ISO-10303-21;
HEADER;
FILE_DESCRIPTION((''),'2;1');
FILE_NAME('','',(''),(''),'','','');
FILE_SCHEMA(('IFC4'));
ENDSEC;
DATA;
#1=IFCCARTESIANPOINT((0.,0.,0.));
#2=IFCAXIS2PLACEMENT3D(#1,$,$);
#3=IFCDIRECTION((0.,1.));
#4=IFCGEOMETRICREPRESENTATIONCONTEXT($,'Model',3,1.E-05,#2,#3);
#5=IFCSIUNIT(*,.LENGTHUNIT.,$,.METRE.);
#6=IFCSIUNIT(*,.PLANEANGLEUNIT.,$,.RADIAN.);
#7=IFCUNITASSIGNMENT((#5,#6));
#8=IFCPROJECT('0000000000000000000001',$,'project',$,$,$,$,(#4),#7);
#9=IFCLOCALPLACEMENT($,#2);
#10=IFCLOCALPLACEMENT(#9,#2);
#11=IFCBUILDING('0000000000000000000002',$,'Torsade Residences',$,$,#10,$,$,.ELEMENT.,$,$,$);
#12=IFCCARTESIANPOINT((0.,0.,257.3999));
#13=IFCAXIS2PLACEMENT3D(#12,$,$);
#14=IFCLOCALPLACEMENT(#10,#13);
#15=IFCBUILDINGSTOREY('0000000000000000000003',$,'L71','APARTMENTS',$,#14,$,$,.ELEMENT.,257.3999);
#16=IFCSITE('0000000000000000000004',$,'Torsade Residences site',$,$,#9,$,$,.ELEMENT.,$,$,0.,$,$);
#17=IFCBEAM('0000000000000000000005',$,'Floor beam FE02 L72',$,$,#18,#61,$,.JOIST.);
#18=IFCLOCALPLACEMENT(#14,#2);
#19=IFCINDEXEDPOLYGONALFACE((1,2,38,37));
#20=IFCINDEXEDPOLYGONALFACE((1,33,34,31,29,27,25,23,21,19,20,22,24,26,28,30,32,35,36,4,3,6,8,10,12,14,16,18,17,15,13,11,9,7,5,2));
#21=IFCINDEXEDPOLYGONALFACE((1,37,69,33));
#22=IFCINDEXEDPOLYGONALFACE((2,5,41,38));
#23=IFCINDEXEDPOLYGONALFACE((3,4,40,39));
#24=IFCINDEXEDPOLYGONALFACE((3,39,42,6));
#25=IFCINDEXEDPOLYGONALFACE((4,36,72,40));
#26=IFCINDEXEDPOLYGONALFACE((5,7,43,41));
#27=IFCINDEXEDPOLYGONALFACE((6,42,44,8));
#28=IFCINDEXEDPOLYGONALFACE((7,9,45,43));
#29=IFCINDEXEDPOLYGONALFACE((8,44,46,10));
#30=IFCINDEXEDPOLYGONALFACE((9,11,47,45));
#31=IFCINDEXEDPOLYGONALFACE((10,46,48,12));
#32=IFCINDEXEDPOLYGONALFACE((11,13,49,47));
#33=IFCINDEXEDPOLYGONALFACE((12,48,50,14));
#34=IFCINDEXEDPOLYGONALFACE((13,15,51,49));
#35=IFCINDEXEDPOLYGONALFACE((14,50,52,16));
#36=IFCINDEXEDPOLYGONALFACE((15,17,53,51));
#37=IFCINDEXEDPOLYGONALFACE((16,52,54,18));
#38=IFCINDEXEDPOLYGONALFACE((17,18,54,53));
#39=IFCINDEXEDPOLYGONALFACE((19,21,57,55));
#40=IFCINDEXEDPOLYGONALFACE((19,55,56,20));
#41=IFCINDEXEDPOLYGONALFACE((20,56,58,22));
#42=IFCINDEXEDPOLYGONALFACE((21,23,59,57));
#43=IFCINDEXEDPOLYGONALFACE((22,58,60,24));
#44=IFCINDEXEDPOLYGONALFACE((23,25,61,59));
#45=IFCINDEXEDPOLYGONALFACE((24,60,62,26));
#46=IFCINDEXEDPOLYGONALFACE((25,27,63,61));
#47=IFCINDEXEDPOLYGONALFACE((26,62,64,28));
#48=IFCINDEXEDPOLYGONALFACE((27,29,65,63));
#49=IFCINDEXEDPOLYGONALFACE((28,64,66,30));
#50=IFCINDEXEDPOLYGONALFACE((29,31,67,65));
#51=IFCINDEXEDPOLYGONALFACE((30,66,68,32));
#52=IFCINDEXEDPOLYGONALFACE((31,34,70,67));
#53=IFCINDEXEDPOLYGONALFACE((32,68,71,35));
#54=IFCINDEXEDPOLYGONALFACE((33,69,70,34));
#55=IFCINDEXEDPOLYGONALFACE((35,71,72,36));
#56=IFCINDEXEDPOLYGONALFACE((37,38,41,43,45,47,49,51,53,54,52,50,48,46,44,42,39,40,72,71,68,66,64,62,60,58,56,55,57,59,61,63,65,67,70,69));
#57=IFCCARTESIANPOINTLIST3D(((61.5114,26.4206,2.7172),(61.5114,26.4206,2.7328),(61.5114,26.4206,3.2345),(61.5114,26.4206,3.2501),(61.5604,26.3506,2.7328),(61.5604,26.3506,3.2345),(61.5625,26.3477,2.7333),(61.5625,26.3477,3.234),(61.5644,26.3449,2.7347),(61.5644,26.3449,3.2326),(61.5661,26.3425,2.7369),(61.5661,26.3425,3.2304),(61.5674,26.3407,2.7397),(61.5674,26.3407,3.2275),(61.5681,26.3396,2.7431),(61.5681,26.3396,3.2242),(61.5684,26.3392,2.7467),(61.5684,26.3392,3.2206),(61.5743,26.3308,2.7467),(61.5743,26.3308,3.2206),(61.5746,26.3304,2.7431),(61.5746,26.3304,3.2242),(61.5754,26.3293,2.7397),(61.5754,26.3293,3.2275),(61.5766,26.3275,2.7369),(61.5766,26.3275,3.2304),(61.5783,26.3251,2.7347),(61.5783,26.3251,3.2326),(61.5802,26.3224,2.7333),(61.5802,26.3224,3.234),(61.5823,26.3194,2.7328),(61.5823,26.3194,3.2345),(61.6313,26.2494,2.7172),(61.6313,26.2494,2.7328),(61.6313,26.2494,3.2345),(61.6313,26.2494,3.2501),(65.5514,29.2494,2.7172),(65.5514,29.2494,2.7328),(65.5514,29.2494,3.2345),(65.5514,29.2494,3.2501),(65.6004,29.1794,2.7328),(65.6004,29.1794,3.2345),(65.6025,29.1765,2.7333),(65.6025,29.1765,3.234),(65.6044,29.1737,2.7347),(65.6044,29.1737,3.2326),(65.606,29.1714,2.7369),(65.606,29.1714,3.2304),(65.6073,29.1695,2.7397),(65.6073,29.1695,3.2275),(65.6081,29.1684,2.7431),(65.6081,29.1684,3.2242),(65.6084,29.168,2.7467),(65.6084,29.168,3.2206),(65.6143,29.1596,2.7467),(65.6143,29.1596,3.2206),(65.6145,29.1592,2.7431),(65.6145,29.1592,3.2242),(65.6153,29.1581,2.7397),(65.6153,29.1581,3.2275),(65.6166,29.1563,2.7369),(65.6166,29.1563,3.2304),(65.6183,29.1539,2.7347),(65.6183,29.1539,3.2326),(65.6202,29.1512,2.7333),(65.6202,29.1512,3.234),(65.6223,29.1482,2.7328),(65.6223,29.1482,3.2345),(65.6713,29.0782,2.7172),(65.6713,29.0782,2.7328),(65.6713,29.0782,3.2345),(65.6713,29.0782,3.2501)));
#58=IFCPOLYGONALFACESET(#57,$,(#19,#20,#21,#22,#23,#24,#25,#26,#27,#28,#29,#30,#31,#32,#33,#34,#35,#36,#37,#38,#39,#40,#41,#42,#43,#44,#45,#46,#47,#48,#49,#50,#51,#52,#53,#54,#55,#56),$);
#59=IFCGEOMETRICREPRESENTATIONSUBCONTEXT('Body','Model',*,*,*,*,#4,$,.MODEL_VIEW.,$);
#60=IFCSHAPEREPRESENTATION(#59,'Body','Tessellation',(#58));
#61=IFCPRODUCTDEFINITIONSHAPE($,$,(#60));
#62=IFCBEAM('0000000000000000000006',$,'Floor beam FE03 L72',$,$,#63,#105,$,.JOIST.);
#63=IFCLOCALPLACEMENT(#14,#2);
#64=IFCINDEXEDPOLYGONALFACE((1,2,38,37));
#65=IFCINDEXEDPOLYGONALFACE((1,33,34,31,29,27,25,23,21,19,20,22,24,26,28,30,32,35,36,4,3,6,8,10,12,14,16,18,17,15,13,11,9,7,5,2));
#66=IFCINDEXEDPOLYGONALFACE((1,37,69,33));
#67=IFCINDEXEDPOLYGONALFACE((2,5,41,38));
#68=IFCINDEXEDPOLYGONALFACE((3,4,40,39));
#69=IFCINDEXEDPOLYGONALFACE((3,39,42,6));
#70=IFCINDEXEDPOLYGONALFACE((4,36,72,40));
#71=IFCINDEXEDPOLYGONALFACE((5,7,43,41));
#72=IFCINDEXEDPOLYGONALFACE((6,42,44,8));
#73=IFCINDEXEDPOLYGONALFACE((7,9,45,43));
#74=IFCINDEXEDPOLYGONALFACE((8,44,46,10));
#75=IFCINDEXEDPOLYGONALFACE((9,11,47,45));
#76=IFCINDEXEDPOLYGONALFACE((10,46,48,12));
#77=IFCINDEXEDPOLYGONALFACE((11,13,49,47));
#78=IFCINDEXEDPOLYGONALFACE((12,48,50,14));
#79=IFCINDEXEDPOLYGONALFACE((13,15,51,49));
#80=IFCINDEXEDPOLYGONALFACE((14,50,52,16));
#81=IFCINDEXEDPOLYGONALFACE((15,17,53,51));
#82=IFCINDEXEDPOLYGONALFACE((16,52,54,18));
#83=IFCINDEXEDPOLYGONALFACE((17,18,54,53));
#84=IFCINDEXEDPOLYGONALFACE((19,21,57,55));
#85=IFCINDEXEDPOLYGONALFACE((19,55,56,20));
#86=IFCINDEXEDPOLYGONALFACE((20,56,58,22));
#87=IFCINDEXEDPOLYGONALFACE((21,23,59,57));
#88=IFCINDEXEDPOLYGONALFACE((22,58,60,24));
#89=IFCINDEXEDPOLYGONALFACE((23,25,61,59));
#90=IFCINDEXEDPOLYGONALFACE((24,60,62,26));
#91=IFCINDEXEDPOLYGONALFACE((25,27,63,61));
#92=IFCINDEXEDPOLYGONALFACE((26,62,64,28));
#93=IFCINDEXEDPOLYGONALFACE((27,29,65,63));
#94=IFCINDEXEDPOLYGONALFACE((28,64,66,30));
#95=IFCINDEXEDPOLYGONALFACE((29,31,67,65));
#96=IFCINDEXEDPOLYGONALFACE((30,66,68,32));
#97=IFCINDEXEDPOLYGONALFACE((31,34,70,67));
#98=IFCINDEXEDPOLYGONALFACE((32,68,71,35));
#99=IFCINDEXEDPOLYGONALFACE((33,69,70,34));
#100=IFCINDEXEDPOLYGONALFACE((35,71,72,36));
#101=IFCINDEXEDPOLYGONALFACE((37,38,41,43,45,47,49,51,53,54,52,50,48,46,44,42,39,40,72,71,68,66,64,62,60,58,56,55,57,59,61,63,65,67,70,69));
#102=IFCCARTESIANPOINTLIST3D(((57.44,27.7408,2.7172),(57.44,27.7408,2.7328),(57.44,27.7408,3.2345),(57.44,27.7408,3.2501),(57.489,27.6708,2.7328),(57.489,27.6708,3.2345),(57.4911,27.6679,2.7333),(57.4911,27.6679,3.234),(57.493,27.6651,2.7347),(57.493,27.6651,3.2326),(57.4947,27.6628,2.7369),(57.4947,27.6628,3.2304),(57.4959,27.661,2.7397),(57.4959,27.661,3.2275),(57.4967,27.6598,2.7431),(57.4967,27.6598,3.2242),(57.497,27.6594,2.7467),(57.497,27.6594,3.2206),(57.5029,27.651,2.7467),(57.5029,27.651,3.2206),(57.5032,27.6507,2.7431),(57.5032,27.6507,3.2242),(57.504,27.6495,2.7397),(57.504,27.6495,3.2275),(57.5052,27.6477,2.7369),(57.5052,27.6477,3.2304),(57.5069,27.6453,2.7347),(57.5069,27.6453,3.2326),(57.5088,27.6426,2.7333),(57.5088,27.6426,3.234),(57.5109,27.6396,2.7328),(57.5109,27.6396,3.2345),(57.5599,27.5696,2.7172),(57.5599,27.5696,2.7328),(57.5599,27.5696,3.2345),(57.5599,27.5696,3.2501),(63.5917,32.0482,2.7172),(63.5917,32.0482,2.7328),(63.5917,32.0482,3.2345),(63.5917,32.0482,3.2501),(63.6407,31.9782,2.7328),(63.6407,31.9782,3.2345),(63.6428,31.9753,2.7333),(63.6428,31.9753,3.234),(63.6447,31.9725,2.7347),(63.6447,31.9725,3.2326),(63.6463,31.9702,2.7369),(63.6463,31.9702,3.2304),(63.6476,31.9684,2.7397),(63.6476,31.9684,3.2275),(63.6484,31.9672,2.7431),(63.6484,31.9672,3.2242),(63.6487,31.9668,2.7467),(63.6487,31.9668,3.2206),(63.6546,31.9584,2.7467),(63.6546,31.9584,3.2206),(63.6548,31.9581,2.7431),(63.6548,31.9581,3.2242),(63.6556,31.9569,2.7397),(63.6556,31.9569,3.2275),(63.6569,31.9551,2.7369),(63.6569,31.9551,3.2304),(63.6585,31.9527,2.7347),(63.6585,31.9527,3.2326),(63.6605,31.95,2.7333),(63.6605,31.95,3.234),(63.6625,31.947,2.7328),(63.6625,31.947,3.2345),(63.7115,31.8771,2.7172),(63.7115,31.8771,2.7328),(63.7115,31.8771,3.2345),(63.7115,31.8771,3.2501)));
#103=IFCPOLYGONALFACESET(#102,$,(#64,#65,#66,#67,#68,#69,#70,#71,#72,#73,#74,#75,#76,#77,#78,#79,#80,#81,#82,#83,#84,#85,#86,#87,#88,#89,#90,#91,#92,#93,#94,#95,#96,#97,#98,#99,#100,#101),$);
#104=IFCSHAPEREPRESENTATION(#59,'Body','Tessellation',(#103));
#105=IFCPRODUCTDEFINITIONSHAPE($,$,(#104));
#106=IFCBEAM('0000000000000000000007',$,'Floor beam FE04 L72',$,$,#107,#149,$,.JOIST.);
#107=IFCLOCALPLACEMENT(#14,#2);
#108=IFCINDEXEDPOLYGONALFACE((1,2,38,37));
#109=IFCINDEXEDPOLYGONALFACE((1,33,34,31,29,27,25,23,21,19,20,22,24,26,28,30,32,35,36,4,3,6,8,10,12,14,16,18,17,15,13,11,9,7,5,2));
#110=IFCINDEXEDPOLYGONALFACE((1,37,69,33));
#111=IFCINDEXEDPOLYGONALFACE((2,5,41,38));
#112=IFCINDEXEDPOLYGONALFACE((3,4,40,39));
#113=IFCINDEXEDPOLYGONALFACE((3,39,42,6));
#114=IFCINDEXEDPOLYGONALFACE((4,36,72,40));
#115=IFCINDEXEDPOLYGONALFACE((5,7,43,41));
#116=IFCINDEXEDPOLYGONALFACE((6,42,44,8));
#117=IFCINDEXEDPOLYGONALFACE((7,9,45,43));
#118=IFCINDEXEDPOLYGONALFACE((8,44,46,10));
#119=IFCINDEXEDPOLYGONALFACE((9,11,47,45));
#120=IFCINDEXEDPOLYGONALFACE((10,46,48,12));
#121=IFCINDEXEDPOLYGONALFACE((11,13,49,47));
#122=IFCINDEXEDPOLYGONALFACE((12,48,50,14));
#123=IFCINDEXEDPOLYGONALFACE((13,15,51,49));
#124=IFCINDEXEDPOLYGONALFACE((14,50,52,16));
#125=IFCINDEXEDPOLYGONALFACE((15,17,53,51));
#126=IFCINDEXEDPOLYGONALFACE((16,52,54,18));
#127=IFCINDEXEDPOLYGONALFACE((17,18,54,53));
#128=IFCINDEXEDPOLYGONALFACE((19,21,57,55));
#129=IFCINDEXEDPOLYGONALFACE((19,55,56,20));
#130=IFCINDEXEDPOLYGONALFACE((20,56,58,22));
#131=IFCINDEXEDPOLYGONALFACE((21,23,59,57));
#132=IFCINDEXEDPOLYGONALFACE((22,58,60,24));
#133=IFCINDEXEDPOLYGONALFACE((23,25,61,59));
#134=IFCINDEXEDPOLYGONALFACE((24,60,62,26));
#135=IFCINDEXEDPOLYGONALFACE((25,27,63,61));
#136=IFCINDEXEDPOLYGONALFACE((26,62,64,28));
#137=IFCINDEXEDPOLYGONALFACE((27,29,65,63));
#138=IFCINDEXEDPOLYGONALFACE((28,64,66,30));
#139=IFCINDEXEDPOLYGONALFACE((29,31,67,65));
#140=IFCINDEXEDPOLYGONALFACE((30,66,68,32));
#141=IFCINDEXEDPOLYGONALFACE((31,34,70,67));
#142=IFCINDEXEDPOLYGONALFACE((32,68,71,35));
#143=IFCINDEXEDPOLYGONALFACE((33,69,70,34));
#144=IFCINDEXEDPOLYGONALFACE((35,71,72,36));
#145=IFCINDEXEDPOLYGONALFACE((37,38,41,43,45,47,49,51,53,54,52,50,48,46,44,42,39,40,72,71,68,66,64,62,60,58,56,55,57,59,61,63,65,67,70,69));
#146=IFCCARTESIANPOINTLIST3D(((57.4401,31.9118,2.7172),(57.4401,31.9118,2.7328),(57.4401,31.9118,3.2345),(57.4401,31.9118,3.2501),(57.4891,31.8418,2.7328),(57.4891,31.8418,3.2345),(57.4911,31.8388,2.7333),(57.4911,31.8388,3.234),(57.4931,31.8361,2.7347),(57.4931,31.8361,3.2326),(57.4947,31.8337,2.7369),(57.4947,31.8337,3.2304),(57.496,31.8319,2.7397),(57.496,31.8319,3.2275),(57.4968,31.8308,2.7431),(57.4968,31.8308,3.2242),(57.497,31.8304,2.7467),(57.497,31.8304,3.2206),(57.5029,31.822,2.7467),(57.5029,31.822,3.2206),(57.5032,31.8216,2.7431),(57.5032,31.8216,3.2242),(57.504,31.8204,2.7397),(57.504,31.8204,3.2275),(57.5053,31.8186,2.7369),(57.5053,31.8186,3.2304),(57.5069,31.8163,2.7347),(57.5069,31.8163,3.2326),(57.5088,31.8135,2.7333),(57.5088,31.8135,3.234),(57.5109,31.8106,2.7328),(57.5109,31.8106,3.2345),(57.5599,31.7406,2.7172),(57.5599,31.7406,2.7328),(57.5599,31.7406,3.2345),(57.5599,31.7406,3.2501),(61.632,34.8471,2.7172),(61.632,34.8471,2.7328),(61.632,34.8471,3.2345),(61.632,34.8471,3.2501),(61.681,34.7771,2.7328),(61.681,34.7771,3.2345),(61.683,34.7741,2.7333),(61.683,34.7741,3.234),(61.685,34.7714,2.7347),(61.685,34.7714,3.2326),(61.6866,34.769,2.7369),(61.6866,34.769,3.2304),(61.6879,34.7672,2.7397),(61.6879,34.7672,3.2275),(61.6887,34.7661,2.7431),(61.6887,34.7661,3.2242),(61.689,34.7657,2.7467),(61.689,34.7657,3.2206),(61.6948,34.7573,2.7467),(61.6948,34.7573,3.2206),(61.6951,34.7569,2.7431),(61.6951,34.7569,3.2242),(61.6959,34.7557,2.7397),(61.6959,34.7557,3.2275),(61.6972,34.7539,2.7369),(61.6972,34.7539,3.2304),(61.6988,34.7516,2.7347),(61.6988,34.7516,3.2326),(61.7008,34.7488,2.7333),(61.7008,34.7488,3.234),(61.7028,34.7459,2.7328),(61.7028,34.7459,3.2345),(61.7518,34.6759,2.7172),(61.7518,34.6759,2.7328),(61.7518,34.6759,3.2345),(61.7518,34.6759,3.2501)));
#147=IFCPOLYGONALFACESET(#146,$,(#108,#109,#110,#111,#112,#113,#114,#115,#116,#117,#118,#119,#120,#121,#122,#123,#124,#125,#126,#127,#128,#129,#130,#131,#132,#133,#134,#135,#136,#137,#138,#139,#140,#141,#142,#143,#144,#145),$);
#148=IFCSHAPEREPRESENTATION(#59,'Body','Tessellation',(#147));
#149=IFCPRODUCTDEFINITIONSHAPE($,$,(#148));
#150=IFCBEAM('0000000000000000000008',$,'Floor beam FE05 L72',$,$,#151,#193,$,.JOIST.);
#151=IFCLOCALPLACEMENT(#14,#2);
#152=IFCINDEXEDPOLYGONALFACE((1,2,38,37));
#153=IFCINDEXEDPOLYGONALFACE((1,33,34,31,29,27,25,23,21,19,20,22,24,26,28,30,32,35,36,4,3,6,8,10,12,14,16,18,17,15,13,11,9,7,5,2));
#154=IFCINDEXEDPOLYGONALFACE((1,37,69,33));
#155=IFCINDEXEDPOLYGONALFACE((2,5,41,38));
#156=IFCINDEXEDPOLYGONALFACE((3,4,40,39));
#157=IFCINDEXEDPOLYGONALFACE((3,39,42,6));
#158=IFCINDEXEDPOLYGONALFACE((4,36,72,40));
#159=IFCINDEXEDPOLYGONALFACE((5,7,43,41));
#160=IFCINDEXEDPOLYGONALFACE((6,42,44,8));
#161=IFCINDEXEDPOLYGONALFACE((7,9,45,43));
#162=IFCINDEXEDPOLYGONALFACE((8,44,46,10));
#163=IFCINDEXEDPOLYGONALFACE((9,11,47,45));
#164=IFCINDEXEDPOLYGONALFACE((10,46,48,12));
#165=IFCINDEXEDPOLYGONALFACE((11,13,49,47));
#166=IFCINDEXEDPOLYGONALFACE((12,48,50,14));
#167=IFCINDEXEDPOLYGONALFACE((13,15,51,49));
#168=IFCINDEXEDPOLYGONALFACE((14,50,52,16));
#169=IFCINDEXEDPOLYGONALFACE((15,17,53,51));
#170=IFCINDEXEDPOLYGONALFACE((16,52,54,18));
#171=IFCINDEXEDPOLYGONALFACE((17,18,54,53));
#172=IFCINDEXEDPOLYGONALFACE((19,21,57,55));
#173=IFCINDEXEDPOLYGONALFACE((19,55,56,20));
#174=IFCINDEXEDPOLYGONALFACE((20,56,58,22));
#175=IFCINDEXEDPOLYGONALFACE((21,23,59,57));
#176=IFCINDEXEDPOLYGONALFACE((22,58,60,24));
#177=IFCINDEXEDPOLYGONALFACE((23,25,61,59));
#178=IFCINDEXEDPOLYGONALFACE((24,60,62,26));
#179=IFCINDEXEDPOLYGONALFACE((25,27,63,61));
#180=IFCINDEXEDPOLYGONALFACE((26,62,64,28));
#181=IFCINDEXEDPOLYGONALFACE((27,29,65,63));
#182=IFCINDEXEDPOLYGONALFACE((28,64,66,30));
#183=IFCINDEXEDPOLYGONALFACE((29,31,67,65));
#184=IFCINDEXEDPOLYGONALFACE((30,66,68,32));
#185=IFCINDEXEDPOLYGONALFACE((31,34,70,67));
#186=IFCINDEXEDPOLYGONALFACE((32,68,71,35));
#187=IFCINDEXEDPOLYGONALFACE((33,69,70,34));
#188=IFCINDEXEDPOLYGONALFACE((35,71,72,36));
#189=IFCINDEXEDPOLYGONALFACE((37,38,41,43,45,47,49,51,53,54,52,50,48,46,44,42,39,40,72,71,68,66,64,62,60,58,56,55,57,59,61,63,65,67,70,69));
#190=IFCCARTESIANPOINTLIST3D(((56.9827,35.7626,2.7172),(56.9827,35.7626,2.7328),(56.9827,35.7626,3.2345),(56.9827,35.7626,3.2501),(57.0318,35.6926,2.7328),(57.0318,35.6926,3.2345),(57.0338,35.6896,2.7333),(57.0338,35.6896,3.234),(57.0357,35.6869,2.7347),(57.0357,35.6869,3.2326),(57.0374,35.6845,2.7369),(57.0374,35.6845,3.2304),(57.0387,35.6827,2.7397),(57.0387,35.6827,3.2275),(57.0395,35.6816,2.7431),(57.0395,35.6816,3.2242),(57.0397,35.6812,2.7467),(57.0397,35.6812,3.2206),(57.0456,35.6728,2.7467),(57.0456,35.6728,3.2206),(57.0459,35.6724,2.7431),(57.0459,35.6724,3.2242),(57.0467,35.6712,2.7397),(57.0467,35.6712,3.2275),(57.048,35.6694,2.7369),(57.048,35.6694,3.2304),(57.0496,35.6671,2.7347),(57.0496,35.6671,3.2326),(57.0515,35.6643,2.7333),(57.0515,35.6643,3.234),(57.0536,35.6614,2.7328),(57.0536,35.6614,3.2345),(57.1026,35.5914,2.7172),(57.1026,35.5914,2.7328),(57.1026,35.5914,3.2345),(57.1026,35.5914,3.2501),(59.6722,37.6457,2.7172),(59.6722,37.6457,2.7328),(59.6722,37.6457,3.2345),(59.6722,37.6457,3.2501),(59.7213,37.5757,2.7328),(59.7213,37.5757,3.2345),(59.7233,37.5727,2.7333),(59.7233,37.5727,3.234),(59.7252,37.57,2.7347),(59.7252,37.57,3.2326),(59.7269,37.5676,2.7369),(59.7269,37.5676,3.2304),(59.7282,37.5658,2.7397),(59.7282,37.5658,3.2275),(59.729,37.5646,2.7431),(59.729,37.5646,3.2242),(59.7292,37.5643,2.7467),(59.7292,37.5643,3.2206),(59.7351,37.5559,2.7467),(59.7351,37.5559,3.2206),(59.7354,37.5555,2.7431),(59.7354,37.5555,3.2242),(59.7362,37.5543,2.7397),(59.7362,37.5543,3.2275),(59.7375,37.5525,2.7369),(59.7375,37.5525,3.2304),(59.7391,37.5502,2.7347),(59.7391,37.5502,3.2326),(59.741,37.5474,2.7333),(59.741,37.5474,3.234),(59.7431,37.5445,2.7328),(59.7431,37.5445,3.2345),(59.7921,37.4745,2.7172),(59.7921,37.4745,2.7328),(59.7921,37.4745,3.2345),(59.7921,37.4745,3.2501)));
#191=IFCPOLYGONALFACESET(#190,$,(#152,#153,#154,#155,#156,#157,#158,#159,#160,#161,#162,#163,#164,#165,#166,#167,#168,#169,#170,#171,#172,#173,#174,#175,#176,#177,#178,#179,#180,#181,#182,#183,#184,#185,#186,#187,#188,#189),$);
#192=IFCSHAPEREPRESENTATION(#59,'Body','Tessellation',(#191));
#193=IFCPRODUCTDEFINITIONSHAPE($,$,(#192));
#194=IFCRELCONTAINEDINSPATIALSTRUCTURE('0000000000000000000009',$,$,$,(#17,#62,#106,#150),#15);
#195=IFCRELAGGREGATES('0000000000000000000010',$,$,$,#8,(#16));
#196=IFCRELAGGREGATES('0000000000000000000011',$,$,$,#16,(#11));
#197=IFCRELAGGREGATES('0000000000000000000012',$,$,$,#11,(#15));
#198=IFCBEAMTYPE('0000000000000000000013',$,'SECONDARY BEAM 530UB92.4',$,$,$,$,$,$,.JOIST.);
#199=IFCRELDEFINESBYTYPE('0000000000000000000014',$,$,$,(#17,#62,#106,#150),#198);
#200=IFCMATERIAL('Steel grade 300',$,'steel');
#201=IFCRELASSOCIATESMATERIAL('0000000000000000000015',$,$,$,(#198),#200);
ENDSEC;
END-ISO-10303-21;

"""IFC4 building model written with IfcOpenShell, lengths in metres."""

from ifc_helpers import new_model, si_unit, direction, frame, origin, origin_2d, place, context, subcontext, project, spatial, i_section, extrude, material, material_profile, profile_set, type_object, element, save


model = new_model("IFC4")

# Units and contexts
model_context = context("Model", 3, precision=1e-05, world=origin(), true_north=direction((0.0, 1.0)))
body_context = subcontext(model_context, "Body", "Model", "MODEL_VIEW")
ifc_project = project(units=[si_unit("LENGTHUNIT", "METRE"), si_unit("PLANEANGLEUNIT", "RADIAN")], contexts=[model_context])

# Site, building, storey
site_placement = place(None, origin())
site = spatial("IfcSite", under=ifc_project, at=site_placement, Name="Torsade Residences site", CompositionType="ELEMENT", RefElevation=0.0)
building_placement = place(site_placement, origin())
building = spatial("IfcBuilding", under=site, at=building_placement, Name="Torsade Residences", CompositionType="ELEMENT")
storey_placement = place(building_placement, frame((0.0, 0.0, 257.3999)))
storey = spatial("IfcBuildingStorey", under=building, at=storey_placement, Name="L71", Description="APARTMENTS", CompositionType="ELEMENT", Elevation=257.3999)

# Beams
ifc_material_1 = material(Name="Steel grade 300", Category="steel")
ifc_material_profile_1 = material_profile(ifc_material_1, i_section(OverallWidth=0.209, OverallDepth=0.533, WebThickness=0.0103, FlangeThickness=0.0156, FilletRadius=0.0139, at=origin_2d()), Name="530UB92.4")
ifc_profile_set_1 = profile_set([ifc_material_profile_1], Name="Steel grade 300")
beam_type_1 = type_object("IfcBeamType", Name="SECONDARY BEAM 530UB92.4", PredefinedType="JOIST", material=ifc_profile_set_1)
beam_1_placement = place(storey_placement, frame((65.6113, 29.1638, 2.9836), z_axis=(-0.819153, -0.573575, 0.0), x_axis=(0.573575, -0.819153, 0.0)))
element("IfcBeam", 1, at=beam_1_placement, inside=storey, type_object=beam_type_1, Name="Floor beam FE02 L72", PredefinedType="JOIST", context=body_context, shape_type="SweptSolid", body=[
    extrude(i_section(OverallWidth=0.209, OverallDepth=0.533, WebThickness=0.0103, FlangeThickness=0.0156, FilletRadius=0.0139, at=origin_2d()), origin(), (0.0, 0.0, 1.0), 4.9319),
])
beam_2_placement = place(storey_placement, frame((63.6516, 31.9626, 2.9836), z_axis=(-0.819154, -0.573574, 0.0), x_axis=(0.573574, -0.819154, 0.0)))
element("IfcBeam", 2, at=beam_2_placement, inside=storey, type_object=beam_type_1, Name="Floor beam FE03 L72", PredefinedType="JOIST", context=body_context, shape_type="SweptSolid", body=[
    extrude(i_section(OverallWidth=0.209, OverallDepth=0.533, WebThickness=0.0103, FlangeThickness=0.0156, FilletRadius=0.0139, at=origin_2d()), origin(), (0.0, 0.0, 1.0), 7.5098),
])
beam_3_placement = place(storey_placement, frame((61.6919, 34.7615, 2.9836), z_axis=(-0.819142, -0.57359, 0.0), x_axis=(0.57359, -0.819142, 0.0)))
element("IfcBeam", 3, at=beam_3_placement, inside=storey, type_object=beam_type_1, Name="Floor beam FE04 L72", PredefinedType="JOIST", context=body_context, shape_type="SweptSolid", body=[
    extrude(i_section(OverallWidth=0.209, OverallDepth=0.533, WebThickness=0.0103, FlangeThickness=0.0156, FilletRadius=0.0139, at=origin_2d()), origin(), (0.0, 0.0, 1.0), 5.1174),
])
beam_4_placement = place(storey_placement, frame((59.7322, 37.5601, 2.9836), z_axis=(-0.819169, -0.573552, 0.0), x_axis=(0.573552, -0.819169, 0.0)))
element("IfcBeam", 4, at=beam_4_placement, inside=storey, type_object=beam_type_1, Name="Floor beam FE05 L72", PredefinedType="JOIST", context=body_context, shape_type="SweptSolid", body=[
    extrude(i_section(OverallWidth=0.209, OverallDepth=0.533, WebThickness=0.0103, FlangeThickness=0.0156, FilletRadius=0.0139, at=origin_2d()), origin(), (0.0, 0.0, 1.0), 3.2832),
])

save(model, "model.ifc")
